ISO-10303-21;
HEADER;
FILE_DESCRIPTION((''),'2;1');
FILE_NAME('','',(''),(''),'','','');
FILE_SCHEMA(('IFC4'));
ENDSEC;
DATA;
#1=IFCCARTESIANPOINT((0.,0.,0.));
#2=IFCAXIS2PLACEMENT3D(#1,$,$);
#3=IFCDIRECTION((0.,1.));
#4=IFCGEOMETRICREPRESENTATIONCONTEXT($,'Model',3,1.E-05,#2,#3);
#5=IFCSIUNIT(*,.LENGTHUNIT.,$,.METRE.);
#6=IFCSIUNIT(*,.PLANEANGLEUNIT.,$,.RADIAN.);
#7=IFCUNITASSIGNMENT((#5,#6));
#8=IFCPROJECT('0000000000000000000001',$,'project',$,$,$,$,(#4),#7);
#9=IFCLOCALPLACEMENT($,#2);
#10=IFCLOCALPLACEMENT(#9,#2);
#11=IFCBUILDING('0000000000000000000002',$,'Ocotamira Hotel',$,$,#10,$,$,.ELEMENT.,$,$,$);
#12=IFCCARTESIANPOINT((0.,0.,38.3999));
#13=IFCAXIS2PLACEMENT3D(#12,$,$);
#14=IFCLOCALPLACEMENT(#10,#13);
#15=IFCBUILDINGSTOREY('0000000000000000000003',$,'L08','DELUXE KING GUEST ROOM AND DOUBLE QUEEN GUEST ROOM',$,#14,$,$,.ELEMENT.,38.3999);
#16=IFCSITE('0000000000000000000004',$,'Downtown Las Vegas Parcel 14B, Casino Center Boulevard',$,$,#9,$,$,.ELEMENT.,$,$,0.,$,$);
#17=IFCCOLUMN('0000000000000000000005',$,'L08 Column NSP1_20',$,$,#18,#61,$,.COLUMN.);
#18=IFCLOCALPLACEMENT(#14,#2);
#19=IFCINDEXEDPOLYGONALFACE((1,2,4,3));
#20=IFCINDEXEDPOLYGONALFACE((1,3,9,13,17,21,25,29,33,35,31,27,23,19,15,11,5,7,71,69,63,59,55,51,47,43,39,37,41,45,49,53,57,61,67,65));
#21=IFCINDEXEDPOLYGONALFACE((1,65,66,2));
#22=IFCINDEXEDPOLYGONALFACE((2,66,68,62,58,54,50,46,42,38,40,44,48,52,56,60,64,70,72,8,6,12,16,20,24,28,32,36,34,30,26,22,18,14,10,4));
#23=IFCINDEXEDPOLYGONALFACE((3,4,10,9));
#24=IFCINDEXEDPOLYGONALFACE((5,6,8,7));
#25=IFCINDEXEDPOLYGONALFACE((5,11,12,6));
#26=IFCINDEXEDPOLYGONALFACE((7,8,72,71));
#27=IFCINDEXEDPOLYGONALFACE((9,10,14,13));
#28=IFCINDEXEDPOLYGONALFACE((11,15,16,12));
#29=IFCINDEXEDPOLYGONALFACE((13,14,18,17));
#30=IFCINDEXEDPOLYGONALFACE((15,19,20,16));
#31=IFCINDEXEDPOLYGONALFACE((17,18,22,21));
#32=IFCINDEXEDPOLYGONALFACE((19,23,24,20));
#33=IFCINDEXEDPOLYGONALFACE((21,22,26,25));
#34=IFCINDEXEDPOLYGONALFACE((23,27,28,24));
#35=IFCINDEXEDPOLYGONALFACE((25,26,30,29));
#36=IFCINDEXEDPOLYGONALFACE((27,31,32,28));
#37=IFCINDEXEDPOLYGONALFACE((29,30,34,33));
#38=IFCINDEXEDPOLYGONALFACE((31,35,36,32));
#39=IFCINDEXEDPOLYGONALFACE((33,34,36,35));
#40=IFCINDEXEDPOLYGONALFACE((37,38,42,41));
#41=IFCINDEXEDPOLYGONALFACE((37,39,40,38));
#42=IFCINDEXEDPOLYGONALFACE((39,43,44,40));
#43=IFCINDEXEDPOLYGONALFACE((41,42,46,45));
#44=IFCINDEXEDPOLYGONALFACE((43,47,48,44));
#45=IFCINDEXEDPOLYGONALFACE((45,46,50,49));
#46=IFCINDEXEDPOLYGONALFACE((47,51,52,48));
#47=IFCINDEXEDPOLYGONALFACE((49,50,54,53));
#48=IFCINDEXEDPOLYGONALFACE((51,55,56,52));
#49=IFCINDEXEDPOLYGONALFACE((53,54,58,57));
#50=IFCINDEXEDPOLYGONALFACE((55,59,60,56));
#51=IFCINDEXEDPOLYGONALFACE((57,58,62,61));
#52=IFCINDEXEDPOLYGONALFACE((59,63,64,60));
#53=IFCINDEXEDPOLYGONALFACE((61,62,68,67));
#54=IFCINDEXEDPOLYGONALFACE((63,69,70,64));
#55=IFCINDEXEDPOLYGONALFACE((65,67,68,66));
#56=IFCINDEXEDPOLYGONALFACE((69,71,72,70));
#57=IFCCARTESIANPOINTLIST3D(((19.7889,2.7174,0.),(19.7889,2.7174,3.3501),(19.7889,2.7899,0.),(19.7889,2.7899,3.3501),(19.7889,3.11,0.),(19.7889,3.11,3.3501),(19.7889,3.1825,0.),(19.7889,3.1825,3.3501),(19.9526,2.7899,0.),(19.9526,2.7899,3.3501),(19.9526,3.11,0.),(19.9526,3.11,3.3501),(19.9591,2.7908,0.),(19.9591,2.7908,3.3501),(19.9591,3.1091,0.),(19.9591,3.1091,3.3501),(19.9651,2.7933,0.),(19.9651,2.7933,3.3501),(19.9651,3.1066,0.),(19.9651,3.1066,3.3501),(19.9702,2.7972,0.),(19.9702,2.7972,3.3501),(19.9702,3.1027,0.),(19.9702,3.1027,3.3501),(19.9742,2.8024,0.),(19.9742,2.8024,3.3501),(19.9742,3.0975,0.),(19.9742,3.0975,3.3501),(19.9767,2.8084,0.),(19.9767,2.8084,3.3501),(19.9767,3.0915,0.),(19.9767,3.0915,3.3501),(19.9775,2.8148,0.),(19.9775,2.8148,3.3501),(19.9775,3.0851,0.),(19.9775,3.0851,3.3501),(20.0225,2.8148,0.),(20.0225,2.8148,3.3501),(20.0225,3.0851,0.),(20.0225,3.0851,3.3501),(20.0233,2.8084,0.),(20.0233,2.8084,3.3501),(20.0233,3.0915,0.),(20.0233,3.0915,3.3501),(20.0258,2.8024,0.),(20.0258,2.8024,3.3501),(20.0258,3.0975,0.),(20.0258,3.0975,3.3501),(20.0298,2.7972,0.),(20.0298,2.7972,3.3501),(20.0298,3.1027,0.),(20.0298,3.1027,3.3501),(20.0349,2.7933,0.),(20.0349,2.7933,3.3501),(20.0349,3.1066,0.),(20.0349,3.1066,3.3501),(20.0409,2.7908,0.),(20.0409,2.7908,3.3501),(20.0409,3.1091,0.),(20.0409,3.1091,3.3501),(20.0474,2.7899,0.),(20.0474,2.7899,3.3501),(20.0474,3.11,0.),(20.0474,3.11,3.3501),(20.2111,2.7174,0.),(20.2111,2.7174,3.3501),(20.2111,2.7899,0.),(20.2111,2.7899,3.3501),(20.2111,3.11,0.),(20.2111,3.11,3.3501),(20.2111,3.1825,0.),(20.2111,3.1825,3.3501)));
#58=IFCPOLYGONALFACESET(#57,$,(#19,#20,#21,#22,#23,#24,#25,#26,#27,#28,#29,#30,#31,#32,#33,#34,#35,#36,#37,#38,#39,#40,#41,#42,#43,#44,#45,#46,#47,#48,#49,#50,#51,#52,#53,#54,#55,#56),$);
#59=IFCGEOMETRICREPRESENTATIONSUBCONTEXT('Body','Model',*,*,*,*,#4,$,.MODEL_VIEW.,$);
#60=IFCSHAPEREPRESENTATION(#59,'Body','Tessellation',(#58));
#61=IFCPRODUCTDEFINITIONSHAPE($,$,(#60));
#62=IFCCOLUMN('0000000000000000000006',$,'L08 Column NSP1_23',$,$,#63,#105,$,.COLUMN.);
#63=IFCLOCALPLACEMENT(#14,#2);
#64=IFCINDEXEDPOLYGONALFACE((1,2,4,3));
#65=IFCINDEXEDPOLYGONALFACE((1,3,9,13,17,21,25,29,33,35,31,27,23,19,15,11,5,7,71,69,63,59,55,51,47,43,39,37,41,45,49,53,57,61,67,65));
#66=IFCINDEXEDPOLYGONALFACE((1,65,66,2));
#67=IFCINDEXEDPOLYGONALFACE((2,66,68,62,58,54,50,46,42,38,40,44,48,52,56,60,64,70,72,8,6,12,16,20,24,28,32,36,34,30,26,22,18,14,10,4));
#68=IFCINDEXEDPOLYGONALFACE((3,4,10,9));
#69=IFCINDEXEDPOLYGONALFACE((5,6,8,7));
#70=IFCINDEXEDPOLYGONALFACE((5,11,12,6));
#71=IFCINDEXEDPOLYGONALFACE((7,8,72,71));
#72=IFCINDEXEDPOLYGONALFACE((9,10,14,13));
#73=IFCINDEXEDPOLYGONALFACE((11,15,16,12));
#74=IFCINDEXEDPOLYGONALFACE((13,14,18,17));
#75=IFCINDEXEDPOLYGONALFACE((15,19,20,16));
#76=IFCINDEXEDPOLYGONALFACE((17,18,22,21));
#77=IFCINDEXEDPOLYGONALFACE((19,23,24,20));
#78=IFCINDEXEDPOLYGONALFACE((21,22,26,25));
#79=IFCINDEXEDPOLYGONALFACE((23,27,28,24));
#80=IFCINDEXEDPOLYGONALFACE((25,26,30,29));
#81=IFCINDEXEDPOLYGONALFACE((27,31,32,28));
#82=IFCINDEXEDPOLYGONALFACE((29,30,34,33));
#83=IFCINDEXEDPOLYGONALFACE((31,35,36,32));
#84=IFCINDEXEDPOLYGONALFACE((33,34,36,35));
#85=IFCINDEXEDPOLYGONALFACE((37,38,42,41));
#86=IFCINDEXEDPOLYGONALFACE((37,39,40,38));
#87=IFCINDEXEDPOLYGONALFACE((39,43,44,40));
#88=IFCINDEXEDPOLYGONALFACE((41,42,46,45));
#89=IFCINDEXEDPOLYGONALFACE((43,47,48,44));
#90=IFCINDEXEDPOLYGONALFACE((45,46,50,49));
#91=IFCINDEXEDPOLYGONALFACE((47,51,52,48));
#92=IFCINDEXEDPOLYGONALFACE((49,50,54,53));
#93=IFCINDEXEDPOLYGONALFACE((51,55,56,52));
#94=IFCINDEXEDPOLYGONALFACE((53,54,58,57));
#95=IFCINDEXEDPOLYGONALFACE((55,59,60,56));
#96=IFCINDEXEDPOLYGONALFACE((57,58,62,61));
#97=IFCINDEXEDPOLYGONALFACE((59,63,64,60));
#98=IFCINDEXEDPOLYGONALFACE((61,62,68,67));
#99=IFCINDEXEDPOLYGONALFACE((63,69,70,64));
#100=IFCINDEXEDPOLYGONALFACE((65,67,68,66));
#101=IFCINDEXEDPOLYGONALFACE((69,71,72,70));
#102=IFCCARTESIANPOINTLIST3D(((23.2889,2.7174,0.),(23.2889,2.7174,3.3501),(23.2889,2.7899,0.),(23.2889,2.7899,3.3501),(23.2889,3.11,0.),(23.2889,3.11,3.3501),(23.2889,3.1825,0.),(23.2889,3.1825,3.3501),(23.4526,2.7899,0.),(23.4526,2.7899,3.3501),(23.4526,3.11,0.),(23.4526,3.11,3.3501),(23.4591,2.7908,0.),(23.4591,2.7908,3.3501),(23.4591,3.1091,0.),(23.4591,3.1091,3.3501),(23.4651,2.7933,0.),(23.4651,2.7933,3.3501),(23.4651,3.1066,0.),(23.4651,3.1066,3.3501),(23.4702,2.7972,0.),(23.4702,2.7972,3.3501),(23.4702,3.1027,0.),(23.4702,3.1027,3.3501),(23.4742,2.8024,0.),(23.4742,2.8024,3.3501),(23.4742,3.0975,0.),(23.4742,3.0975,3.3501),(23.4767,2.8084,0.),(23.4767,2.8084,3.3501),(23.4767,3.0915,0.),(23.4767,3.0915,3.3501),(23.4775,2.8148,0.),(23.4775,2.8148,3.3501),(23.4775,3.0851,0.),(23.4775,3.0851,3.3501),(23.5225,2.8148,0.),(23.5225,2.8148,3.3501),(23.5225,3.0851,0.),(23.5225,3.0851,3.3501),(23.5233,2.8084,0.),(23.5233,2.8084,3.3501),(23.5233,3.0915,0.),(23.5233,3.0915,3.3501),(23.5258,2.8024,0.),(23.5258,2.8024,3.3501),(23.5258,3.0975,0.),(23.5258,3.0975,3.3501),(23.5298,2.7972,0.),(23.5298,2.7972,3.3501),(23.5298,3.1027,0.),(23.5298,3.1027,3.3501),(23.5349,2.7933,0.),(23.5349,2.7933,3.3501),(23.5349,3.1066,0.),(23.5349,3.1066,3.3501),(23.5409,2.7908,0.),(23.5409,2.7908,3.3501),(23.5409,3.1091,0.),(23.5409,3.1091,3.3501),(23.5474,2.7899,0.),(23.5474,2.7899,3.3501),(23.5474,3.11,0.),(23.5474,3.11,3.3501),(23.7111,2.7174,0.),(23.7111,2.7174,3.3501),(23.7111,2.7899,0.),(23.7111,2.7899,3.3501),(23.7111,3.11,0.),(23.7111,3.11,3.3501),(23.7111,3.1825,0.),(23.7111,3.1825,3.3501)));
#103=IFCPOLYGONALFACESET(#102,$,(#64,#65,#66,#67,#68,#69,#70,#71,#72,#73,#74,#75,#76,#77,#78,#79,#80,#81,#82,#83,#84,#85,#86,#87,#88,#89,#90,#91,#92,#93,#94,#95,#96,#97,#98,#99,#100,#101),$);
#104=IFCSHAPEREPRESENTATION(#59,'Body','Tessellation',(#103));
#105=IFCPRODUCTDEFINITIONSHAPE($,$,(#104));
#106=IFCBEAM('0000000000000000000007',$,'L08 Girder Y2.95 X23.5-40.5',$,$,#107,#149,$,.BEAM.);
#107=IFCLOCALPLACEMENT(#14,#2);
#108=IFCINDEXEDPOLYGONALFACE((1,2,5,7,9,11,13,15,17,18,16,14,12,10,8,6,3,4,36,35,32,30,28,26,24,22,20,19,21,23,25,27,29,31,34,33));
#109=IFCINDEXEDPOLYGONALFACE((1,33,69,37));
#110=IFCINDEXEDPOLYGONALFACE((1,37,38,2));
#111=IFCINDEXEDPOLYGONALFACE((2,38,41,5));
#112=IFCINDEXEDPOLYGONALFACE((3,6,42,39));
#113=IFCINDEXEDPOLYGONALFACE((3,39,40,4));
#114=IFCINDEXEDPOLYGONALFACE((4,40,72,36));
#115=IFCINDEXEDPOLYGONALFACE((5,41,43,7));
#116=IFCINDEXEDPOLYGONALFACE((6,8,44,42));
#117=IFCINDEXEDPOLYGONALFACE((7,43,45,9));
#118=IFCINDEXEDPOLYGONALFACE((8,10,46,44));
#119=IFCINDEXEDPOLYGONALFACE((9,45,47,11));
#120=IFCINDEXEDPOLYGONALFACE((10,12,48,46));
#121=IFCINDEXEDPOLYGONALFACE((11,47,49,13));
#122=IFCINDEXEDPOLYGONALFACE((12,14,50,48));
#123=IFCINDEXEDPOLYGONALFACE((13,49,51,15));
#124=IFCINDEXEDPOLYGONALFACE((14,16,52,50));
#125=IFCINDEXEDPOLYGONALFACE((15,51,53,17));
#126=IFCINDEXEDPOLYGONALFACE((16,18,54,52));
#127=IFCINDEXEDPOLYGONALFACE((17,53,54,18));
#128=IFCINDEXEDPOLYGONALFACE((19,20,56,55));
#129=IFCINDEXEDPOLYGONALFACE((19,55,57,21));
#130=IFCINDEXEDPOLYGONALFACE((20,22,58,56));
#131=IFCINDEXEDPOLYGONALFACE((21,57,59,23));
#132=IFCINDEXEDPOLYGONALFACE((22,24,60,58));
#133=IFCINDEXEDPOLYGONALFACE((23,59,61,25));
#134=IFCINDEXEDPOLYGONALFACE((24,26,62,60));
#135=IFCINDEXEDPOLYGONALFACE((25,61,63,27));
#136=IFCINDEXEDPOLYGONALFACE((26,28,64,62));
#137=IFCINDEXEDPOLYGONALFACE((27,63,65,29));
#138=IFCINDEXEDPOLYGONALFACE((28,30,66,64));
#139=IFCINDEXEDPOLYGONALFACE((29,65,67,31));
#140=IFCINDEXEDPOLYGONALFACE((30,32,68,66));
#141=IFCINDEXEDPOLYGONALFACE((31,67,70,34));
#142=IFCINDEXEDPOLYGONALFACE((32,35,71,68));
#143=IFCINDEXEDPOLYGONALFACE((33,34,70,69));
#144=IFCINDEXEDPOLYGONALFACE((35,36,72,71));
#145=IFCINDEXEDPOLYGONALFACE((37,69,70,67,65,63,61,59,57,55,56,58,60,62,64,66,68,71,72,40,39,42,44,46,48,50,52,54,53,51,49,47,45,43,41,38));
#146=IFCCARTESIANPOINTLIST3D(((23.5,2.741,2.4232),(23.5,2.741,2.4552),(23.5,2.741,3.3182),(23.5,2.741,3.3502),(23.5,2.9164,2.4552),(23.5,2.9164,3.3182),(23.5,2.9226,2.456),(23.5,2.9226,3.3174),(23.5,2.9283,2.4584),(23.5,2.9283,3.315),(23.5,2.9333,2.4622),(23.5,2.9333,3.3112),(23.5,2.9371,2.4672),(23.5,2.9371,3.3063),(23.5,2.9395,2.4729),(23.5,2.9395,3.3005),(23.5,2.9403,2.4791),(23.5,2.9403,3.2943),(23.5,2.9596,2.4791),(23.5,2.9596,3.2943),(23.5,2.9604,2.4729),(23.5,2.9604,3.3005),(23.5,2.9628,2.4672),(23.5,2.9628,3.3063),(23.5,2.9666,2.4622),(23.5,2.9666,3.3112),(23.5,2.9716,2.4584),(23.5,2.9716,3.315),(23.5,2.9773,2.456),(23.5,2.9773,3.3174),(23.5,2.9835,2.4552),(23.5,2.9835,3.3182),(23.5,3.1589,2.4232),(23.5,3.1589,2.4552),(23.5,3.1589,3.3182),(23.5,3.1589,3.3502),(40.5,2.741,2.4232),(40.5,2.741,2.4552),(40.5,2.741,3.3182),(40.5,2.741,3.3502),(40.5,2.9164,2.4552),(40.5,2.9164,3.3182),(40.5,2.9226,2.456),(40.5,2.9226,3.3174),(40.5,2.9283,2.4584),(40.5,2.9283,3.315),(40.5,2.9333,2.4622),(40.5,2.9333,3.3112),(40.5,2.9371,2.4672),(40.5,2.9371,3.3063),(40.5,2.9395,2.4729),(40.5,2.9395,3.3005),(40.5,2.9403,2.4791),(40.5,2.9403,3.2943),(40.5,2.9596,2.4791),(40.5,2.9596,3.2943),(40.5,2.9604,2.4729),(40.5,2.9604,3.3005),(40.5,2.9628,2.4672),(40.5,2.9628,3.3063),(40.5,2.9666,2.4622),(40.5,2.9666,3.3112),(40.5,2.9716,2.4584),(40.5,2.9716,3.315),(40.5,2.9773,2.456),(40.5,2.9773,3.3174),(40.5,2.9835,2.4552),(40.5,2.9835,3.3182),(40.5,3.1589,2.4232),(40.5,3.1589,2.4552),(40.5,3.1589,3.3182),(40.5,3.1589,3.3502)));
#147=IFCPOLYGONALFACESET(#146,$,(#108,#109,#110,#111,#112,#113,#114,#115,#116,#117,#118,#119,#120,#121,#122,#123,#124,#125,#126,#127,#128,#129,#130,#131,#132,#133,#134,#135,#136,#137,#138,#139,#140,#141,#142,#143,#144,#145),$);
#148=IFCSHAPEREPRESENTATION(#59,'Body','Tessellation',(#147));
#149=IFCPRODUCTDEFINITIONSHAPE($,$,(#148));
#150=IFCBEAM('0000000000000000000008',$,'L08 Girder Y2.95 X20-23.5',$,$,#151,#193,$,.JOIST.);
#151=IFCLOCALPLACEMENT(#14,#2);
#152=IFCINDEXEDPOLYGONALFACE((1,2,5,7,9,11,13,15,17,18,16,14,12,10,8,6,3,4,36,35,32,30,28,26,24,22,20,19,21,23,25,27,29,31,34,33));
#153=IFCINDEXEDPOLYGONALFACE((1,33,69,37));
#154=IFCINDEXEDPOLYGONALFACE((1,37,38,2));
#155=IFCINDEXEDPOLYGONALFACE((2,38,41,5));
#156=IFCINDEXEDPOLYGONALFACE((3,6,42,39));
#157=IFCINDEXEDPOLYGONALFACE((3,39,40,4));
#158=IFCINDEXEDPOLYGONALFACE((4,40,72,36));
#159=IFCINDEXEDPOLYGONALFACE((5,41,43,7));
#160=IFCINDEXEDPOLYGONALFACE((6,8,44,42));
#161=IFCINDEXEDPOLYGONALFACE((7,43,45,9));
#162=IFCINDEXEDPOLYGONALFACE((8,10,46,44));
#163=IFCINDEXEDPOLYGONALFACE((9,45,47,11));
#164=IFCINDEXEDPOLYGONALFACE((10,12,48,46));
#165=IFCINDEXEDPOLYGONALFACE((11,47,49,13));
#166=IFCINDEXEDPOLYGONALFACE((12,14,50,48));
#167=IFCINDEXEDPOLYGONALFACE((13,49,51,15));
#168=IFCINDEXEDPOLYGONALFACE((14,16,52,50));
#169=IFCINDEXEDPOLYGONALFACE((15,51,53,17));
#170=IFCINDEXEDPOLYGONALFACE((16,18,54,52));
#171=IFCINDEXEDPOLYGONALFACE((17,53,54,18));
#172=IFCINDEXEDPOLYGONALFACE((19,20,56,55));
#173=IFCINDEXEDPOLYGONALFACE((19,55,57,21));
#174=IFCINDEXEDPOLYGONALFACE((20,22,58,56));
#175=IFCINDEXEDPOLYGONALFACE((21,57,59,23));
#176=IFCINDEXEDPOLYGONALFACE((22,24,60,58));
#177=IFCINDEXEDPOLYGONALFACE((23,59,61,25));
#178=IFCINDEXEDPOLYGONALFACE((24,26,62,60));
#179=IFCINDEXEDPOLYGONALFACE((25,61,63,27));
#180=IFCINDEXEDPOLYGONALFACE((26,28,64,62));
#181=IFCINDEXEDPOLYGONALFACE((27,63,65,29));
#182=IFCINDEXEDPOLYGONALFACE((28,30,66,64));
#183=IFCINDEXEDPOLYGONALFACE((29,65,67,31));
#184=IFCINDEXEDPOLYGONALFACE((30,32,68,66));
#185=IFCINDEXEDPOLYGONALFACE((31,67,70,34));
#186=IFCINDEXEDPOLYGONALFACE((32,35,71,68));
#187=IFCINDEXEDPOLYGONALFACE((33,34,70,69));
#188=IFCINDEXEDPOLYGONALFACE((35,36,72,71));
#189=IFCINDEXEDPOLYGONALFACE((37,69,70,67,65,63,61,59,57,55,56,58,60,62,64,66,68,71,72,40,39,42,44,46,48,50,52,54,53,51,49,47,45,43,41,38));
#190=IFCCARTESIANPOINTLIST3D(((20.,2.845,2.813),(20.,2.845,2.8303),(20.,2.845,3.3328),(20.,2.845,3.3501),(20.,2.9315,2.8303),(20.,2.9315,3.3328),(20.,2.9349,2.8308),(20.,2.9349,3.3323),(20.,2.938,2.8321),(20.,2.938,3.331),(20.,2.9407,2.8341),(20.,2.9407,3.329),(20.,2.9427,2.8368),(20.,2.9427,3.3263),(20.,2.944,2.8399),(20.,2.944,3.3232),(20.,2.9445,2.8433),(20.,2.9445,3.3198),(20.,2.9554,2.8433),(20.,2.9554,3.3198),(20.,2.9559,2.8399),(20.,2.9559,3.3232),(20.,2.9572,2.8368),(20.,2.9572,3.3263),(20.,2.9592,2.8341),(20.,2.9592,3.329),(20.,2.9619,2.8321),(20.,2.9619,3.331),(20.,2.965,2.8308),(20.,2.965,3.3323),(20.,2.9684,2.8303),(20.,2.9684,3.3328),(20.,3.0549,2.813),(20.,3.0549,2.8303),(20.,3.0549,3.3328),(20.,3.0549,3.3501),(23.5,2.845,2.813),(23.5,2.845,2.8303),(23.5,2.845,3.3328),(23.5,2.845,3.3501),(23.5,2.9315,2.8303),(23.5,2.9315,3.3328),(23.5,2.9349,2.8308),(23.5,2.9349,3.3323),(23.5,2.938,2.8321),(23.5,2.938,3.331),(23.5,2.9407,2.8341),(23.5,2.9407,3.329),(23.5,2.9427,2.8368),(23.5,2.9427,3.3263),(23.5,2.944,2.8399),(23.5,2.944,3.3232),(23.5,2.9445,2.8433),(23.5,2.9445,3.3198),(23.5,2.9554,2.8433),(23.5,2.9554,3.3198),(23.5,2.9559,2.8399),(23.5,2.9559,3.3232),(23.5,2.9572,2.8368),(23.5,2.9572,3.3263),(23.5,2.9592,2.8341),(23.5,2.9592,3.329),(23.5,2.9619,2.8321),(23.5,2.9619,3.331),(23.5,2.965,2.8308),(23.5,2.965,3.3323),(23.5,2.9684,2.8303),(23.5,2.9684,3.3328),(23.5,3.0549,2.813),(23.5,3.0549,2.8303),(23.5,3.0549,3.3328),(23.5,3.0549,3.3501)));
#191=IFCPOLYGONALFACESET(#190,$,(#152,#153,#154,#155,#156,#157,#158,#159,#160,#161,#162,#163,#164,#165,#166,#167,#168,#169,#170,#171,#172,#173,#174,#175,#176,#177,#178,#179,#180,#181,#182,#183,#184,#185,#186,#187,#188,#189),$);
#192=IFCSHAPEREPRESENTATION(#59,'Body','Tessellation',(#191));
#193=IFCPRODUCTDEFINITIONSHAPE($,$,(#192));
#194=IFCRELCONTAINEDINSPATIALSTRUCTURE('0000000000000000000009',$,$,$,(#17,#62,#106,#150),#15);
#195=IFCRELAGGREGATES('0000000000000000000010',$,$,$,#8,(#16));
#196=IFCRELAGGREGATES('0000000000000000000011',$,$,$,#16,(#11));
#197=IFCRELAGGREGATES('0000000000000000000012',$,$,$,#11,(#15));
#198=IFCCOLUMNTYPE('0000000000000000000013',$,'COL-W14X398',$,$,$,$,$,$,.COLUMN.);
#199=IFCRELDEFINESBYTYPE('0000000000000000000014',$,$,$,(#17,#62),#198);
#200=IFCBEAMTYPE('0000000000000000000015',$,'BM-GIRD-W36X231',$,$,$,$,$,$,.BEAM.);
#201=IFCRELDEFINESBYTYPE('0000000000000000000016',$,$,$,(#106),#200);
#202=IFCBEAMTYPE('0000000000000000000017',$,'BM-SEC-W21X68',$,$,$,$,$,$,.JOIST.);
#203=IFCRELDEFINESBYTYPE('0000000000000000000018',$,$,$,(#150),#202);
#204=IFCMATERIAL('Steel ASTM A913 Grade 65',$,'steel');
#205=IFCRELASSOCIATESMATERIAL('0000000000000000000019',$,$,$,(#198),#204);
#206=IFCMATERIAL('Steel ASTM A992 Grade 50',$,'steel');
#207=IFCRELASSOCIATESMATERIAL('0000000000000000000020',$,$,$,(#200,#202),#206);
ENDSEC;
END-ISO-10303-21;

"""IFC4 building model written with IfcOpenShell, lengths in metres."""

from ifc_helpers import new_model, si_unit, direction, frame, origin, origin_2d, place, context, subcontext, project, spatial, i_section, extrude, source, transform, mapped, material, material_profile, profile_set, type_object, element, save


model = new_model("IFC4")

# Units and contexts
model_context = context("Model", 3, precision=1e-05, world=origin(), true_north=direction((0.0, 1.0)))
body_context = subcontext(model_context, "Body", "Model", "MODEL_VIEW")
ifc_project = project(units=[si_unit("LENGTHUNIT", "METRE"), si_unit("PLANEANGLEUNIT", "RADIAN")], contexts=[model_context])

# Site, building, storey
site_placement = place(None, origin())
site = spatial("IfcSite", under=ifc_project, at=site_placement, Name="Downtown Las Vegas Parcel 14B, Casino Center Boulevard", CompositionType="ELEMENT", RefElevation=0.0)
building_placement = place(site_placement, origin())
building = spatial("IfcBuilding", under=site, at=building_placement, Name="Ocotamira Hotel", CompositionType="ELEMENT")
storey_placement = place(building_placement, frame((0.0, 0.0, 38.3999)))
storey = spatial("IfcBuildingStorey", under=building, at=storey_placement, Name="L08", Description="DELUXE KING GUEST ROOM AND DOUBLE QUEEN GUEST ROOM", CompositionType="ELEMENT", Elevation=38.3999)

# Columns
ifc_material_1 = material(Name="Steel ASTM A913 Grade 65", Category="steel")
ifc_material_profile_1 = material_profile(ifc_material_1, i_section(OverallWidth=0.4221, OverallDepth=0.4651, WebThickness=0.0449, FlangeThickness=0.0725, FilletRadius=0.0249, at=origin_2d()), Name="W14X398")
ifc_profile_set_1 = profile_set([ifc_material_profile_1], Name="Steel ASTM A913 Grade 65")
column_type = type_object("IfcColumnType", Name="COL-W14X398", PredefinedType="COLUMN", material=ifc_profile_set_1)
shared_shape_1 = source(origin(), body_context, "Body", "SweptSolid", [
    extrude(i_section(OverallWidth=0.4221, OverallDepth=0.4651, WebThickness=0.0449, FlangeThickness=0.0725, FilletRadius=0.0249, at=origin_2d()), origin(), (0.0, 0.0, 1.0), 3.3501),
])
for number, where, z_axis, x_axis, name in (
    (1, (20.0, 2.95, 0.0), (0.0, 0.0, 1.0), (1.0, 0.0, 0.0), "L08 Column NSP1_20"),
    (2, (23.5, 2.95, 0.0), (0.0, 0.0, 1.0), (1.0, 0.0, 0.0), "L08 Column NSP1_23"),
):
    element("IfcColumn", number, at=place(storey_placement, frame(where, z_axis=z_axis, x_axis=x_axis)), inside=storey, type_object=column_type, Name=name, PredefinedType="COLUMN", context=body_context, shape_type="MappedRepresentation", body=[
        mapped(shared_shape_1, transform((0.0, 0.0, 0.0), scale=1.0)),
    ])

# Beams
ifc_material_2 = material(Name="Steel ASTM A992 Grade 50", Category="steel")
ifc_material_profile_2 = material_profile(ifc_material_2, i_section(OverallWidth=0.418, OverallDepth=0.927, WebThickness=0.0193, FlangeThickness=0.032, FilletRadius=0.0239, at=origin_2d()), Name="W36X231")
ifc_profile_set_2 = profile_set([ifc_material_profile_2], Name="Steel ASTM A992 Grade 50")
beam_type_1 = type_object("IfcBeamType", Name="BM-GIRD-W36X231", PredefinedType="BEAM", material=ifc_profile_set_2)
shared_shape_2 = source(origin(), body_context, "Body", "SweptSolid", [
    extrude(i_section(OverallWidth=0.418, OverallDepth=0.927, WebThickness=0.0193, FlangeThickness=0.032, FilletRadius=0.0239, at=origin_2d()), origin(), (0.0, 0.0, 1.0), 17.0),
])
beam_1_placement = place(storey_placement, frame((23.5, 2.95, 2.8867), z_axis=(1.0, 0.0, 0.0), x_axis=(0.0, 1.0, 0.0)))
element("IfcBeam", 3, at=beam_1_placement, inside=storey, type_object=beam_type_1, Name="L08 Girder Y2.95 X23.5-40.5", PredefinedType="BEAM", context=body_context, shape_type="MappedRepresentation", body=[
    mapped(shared_shape_2, transform((0.0, 0.0, 0.0), scale=1.0)),
])
ifc_material_profile_3 = material_profile(ifc_material_2, i_section(OverallWidth=0.21, OverallDepth=0.5371, WebThickness=0.011, FlangeThickness=0.0173, FilletRadius=0.0129, at=origin_2d()), Name="W21X68")
ifc_profile_set_3 = profile_set([ifc_material_profile_3], Name="Steel ASTM A992 Grade 50")
beam_type_2 = type_object("IfcBeamType", Name="BM-SEC-W21X68", PredefinedType="JOIST", material=ifc_profile_set_3)
shared_shape_3 = source(origin(), body_context, "Body", "SweptSolid", [
    extrude(i_section(OverallWidth=0.21, OverallDepth=0.5371, WebThickness=0.011, FlangeThickness=0.0173, FilletRadius=0.0129, at=origin_2d()), origin(), (0.0, 0.0, 1.0), 3.5),
])
beam_2_placement = place(storey_placement, frame((20.0, 2.95, 3.0815), z_axis=(1.0, 0.0, 0.0), x_axis=(0.0, 1.0, 0.0)))
element("IfcBeam", 4, at=beam_2_placement, inside=storey, type_object=beam_type_2, Name="L08 Girder Y2.95 X20-23.5", PredefinedType="JOIST", context=body_context, shape_type="MappedRepresentation", body=[
    mapped(shared_shape_3, transform((0.0, 0.0, 0.0), scale=1.0)),
])

save(model, "model.ifc")
